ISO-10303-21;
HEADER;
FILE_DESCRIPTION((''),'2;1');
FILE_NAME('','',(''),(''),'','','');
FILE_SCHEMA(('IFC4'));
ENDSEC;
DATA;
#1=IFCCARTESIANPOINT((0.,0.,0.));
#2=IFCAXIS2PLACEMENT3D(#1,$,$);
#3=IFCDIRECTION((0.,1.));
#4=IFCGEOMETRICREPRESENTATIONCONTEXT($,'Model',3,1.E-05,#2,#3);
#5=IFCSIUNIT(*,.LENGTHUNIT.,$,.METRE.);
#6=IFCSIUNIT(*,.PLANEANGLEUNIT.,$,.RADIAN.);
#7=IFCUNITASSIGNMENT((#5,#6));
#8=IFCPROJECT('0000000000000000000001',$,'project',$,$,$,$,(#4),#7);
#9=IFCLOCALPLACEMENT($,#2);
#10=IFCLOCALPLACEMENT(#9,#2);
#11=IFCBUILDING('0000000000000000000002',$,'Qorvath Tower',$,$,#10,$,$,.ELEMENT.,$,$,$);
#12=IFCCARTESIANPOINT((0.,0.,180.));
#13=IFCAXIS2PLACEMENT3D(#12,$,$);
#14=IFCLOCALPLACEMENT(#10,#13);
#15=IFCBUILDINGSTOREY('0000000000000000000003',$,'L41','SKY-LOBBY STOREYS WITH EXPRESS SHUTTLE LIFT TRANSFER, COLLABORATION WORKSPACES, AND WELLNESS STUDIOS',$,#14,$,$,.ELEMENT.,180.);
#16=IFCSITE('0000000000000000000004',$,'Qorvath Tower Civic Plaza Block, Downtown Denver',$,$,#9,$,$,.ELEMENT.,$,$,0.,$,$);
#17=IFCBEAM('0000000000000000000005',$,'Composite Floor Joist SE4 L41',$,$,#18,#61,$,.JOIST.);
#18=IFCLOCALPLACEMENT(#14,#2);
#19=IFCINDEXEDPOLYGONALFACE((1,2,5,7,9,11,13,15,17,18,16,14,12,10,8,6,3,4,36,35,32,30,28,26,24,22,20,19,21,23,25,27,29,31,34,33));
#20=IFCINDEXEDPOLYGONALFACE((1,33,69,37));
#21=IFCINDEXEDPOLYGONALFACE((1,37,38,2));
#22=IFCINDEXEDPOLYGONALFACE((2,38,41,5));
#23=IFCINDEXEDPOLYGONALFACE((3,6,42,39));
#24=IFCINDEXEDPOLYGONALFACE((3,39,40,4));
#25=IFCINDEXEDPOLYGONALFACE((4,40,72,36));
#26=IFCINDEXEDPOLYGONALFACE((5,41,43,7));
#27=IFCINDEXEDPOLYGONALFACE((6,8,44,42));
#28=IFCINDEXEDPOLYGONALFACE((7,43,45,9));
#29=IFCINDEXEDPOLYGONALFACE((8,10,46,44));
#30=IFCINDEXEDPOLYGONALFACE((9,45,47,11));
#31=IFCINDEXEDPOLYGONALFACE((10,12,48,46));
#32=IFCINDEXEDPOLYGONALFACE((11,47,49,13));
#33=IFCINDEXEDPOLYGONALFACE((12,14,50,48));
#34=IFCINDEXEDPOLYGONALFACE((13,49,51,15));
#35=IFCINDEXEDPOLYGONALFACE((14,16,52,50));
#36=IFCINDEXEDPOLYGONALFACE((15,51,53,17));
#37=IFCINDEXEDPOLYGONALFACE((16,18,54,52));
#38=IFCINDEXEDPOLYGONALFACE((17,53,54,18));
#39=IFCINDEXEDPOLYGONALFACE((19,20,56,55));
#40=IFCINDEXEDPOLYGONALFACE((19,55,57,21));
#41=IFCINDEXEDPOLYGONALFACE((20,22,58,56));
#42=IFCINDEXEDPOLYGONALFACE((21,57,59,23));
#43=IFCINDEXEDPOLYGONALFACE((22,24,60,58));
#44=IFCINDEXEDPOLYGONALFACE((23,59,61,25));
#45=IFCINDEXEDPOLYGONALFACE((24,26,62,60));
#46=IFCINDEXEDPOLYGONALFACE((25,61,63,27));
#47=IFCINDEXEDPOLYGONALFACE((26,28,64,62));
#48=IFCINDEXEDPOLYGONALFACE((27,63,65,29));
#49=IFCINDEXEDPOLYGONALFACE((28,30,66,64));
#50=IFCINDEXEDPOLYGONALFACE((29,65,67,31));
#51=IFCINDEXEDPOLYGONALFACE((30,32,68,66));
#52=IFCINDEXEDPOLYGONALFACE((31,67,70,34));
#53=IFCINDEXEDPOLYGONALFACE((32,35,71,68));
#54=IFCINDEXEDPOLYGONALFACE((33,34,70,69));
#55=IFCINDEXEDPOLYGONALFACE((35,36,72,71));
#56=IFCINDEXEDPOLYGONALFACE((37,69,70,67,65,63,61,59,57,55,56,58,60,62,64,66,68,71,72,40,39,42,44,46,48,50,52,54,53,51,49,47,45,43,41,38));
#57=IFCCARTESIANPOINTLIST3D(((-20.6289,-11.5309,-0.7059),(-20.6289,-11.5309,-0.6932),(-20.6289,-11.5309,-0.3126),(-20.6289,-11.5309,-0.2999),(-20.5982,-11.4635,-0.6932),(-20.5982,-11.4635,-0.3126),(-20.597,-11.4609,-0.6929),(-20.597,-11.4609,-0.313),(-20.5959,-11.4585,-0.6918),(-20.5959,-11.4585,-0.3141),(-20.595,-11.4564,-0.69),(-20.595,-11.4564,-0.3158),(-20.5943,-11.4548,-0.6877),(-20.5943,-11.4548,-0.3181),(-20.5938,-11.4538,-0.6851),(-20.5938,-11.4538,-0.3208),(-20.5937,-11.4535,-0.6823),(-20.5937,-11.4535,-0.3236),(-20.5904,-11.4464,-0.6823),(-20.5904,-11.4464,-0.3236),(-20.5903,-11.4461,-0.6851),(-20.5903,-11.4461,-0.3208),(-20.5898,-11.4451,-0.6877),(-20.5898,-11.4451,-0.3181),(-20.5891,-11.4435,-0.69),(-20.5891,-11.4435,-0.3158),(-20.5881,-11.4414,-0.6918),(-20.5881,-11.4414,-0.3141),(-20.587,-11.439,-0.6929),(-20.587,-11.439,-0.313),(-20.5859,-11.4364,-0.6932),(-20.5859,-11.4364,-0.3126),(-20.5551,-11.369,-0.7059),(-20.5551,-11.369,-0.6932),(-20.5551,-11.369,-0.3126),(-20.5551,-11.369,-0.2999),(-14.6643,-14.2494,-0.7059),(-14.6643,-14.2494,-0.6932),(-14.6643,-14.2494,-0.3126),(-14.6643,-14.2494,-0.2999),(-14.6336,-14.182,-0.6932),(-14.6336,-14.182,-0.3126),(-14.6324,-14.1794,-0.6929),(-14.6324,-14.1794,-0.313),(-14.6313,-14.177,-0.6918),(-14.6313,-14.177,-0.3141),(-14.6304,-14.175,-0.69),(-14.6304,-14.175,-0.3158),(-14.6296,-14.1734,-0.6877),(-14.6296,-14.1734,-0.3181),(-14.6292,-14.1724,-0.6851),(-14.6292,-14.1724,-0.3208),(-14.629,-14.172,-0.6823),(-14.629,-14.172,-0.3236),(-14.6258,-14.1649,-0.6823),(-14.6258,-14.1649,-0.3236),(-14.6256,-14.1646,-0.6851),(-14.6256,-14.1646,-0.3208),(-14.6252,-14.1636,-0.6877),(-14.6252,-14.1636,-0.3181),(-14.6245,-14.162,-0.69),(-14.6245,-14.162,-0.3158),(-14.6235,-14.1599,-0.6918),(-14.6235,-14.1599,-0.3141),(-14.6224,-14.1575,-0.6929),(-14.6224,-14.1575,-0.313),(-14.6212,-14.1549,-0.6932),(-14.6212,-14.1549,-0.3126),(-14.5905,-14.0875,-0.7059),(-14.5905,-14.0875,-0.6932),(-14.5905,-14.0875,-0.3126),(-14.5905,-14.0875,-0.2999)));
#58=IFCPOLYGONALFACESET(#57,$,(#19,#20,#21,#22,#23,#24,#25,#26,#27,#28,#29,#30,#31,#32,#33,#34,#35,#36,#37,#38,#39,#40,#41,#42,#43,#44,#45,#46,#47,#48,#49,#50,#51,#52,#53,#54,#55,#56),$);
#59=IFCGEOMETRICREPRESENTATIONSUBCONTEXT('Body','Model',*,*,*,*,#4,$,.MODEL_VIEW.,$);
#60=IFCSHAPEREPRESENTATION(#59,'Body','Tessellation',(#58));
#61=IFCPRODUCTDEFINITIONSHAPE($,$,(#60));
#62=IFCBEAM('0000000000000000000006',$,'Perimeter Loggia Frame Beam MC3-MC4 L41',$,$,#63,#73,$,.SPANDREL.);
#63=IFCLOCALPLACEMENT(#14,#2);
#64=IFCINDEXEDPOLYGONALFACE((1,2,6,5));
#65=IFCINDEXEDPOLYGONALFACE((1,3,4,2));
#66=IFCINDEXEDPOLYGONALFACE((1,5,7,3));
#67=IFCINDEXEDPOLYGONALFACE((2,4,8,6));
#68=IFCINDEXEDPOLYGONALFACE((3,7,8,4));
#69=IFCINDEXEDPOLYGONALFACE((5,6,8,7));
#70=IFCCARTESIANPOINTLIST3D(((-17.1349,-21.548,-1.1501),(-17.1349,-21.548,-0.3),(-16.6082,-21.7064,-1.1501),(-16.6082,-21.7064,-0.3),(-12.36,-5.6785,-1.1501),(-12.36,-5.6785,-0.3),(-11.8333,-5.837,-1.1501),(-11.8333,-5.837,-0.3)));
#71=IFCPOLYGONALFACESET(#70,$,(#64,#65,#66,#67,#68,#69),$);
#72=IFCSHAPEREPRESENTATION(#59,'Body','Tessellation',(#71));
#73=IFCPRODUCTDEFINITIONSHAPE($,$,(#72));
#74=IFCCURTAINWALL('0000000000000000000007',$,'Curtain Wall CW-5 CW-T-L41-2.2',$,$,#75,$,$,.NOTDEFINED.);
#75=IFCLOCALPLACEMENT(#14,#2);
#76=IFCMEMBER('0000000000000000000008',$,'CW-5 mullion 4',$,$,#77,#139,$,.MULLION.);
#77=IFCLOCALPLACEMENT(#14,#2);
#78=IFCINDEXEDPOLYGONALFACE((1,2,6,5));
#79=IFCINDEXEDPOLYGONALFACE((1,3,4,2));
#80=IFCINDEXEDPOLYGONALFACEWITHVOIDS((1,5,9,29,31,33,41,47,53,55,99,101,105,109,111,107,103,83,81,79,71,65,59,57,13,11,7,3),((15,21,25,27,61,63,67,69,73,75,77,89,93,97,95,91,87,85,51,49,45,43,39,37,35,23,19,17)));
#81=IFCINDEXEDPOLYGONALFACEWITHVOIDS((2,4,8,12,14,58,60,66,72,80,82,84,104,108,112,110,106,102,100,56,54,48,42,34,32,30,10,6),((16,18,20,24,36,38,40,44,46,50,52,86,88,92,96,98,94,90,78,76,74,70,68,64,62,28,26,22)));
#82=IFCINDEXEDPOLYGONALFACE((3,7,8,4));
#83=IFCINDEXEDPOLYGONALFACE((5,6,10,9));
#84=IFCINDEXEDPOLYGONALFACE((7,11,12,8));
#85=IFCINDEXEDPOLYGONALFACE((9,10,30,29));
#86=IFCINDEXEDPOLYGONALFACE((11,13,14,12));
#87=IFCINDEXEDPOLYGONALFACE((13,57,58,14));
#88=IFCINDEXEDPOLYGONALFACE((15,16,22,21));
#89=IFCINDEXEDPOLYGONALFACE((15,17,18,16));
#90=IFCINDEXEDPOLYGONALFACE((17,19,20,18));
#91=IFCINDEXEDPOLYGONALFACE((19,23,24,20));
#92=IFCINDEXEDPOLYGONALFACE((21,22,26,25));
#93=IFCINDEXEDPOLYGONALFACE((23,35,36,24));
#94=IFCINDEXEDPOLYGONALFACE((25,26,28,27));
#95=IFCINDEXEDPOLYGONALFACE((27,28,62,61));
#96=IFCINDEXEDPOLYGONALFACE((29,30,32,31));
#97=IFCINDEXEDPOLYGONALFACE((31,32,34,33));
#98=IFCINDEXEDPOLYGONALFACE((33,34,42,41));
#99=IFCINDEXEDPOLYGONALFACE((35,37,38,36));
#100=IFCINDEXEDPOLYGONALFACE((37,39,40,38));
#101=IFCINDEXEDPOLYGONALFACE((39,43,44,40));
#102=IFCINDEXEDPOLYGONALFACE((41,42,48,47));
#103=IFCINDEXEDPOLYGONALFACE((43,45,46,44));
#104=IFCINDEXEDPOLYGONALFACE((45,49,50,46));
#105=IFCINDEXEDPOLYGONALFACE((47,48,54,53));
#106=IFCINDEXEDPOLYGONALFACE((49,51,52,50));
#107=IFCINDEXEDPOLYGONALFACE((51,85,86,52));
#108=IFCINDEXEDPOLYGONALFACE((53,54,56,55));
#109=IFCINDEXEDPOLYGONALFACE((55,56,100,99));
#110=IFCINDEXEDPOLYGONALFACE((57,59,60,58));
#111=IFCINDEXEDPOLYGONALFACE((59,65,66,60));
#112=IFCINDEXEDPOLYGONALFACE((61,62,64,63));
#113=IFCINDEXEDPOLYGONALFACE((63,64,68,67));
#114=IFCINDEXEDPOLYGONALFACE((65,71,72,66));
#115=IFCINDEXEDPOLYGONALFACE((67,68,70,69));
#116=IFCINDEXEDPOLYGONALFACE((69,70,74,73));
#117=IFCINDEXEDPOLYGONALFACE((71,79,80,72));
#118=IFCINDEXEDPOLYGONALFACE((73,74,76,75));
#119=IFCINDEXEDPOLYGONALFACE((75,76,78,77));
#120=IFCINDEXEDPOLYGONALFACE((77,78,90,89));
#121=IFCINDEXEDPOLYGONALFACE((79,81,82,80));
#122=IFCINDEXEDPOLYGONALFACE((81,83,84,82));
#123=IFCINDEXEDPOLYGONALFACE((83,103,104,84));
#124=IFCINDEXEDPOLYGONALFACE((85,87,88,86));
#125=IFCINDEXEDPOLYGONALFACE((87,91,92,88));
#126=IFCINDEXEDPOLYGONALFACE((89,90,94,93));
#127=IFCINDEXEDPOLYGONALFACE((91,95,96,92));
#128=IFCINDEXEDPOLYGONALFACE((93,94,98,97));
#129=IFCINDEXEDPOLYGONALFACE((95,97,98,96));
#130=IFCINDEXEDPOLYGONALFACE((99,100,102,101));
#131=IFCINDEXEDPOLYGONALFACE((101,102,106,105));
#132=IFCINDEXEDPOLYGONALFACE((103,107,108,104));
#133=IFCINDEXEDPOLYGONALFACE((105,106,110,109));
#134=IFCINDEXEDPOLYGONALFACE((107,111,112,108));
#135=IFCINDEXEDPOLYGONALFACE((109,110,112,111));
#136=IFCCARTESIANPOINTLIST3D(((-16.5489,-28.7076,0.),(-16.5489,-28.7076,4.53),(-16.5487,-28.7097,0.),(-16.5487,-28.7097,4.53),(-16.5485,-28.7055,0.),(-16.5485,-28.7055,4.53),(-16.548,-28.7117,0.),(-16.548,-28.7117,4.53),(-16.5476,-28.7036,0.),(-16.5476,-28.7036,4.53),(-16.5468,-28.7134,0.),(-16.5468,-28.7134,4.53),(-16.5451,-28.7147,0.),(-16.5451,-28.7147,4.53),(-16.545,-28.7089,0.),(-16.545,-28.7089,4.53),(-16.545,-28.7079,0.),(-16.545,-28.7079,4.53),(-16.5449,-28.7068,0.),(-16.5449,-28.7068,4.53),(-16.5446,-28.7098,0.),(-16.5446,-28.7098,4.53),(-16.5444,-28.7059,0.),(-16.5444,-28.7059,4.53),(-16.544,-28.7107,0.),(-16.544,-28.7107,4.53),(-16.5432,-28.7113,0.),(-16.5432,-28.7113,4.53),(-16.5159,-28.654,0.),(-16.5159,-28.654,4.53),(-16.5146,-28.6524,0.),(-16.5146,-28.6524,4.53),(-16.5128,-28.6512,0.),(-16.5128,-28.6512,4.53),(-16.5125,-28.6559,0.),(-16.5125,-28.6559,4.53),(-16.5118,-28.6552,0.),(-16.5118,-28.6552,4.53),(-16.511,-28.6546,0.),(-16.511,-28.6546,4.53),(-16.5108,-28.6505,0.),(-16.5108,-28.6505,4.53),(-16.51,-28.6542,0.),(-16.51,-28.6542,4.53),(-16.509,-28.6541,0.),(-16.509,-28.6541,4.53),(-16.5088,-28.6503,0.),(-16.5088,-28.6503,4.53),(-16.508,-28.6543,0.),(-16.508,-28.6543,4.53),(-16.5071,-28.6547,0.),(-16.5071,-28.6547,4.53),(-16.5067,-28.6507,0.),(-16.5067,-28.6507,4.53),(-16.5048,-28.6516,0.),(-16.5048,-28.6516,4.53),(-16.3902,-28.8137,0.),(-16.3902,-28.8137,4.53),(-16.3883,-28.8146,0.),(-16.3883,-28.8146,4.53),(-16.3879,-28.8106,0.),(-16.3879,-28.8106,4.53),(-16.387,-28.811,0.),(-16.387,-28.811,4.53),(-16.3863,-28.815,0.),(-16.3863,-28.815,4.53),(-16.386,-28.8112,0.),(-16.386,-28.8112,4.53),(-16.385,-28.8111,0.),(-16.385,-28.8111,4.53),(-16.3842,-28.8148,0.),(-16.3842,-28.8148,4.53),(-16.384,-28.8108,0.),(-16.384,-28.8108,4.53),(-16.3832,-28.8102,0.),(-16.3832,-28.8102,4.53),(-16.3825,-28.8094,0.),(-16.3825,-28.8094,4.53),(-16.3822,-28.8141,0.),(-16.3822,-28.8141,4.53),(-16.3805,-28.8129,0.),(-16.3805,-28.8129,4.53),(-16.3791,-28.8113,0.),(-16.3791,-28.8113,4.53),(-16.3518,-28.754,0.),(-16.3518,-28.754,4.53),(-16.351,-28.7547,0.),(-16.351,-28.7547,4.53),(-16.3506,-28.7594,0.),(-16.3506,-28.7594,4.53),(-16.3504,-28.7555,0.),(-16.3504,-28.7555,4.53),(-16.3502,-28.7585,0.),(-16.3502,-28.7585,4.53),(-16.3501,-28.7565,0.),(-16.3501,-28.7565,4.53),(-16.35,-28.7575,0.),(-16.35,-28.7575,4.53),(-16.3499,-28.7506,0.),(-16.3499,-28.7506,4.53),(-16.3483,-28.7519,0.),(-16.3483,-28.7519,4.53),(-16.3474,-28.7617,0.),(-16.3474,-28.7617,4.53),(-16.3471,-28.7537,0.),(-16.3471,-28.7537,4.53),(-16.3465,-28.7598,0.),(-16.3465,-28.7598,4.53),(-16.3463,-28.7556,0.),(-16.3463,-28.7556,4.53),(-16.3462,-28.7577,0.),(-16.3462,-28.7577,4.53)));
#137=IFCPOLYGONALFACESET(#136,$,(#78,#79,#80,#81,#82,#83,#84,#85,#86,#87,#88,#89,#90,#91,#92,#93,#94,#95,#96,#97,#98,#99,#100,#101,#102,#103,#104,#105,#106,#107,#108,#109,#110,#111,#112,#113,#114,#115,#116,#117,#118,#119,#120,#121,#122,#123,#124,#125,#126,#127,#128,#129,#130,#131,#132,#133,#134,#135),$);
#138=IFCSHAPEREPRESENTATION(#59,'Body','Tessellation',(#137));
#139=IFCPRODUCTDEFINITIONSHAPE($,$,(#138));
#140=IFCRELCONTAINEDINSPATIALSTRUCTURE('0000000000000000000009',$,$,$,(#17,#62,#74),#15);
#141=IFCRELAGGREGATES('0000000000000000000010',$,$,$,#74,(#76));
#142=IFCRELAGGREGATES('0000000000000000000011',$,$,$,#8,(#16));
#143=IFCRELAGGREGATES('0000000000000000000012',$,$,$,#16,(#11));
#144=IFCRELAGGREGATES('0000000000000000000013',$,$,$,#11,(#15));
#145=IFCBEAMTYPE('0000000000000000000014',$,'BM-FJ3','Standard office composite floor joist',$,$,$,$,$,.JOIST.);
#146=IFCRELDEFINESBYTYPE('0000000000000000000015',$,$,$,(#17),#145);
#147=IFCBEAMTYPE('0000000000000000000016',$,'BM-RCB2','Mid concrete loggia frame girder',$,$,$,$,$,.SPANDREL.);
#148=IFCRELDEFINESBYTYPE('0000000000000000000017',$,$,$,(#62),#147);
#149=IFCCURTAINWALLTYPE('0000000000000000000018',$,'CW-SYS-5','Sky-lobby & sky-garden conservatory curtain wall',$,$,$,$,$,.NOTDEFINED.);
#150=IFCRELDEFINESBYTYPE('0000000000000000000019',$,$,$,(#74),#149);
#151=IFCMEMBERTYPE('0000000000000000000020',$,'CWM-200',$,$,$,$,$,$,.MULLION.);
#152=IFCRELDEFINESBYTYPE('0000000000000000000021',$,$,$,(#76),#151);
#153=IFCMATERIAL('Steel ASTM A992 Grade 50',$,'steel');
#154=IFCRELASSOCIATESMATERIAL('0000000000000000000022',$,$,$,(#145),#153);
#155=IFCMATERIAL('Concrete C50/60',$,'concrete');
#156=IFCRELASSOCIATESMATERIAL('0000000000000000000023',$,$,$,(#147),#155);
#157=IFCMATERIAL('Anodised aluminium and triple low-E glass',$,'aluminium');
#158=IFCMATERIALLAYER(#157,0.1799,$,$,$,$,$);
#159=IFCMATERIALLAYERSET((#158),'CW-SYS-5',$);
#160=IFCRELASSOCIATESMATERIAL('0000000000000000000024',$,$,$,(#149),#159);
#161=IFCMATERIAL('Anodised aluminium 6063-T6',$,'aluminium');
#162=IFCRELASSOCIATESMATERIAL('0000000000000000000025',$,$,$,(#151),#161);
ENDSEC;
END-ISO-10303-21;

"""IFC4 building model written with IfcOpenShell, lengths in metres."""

from ifc_helpers import new_model, si_unit, direction, frame, origin, origin_2d, place, context, subcontext, project, spatial, rectangle, hollow_rectangle, i_section, extrude, material, layer, layer_set, material_profile, profile_set, type_object, element, aggregate, save


model = new_model("IFC4")

# Units and contexts
model_context = context("Model", 3, precision=1e-05, world=origin(), true_north=direction((0.0, 1.0)))
body_context = subcontext(model_context, "Body", "Model", "MODEL_VIEW")
ifc_project = project(units=[si_unit("LENGTHUNIT", "METRE"), si_unit("PLANEANGLEUNIT", "RADIAN")], contexts=[model_context])

# Site, building, storey
site_placement = place(None, origin())
site = spatial("IfcSite", under=ifc_project, at=site_placement, Name="Qorvath Tower Civic Plaza Block, Downtown Denver", CompositionType="ELEMENT", RefElevation=0.0)
building_placement = place(site_placement, origin())
building = spatial("IfcBuilding", under=site, at=building_placement, Name="Qorvath Tower", CompositionType="ELEMENT")
storey_placement = place(building_placement, frame((0.0, 0.0, 180.0)))
storey = spatial("IfcBuildingStorey", under=building, at=storey_placement, Name="L41", Description="SKY-LOBBY STOREYS WITH EXPRESS SHUTTLE LIFT TRANSFER, COLLABORATION WORKSPACES, AND WELLNESS STUDIOS", CompositionType="ELEMENT", Elevation=180.0)

# Beams
ifc_material_1 = material(Name="Steel ASTM A992 Grade 50", Category="steel")
ifc_material_profile_1 = material_profile(ifc_material_1, i_section(OverallWidth=0.178, OverallDepth=0.406, WebThickness=0.0078, FlangeThickness=0.0127, FilletRadius=0.011, at=origin_2d()), Name="W16x40")
ifc_profile_set_1 = profile_set([ifc_material_profile_1], Name="Steel ASTM A992 Grade 50")
beam_type_1 = type_object("IfcBeamType", Name="BM-FJ3", Description="Standard office composite floor joist", PredefinedType="JOIST", material=ifc_profile_set_1)
beam_1_placement = place(storey_placement, frame((-20.592, -11.45, -0.5029), z_axis=(0.909945, -0.414729, 0.0), x_axis=(0.414729, 0.909945, 0.0)))
element("IfcBeam", 1, at=beam_1_placement, inside=storey, type_object=beam_type_1, Name="Composite Floor Joist SE4 L41", PredefinedType="JOIST", context=body_context, shape_type="SweptSolid", body=[
    extrude(i_section(OverallWidth=0.178, OverallDepth=0.406, WebThickness=0.0078, FlangeThickness=0.0127, FilletRadius=0.011, at=origin_2d()), origin(), (0.0, 0.0, 1.0), 6.5549),
])
ifc_material_2 = material(Name="Concrete C50/60", Category="concrete")
ifc_material_profile_2 = material_profile(ifc_material_2, rectangle(XDim=0.55, YDim=0.8501, at=origin_2d()), Name="RCB 850x550")
ifc_profile_set_2 = profile_set([ifc_material_profile_2], Name="Concrete C50/60")
beam_type_2 = type_object("IfcBeamType", Name="BM-RCB2", Description="Mid concrete loggia frame girder", PredefinedType="SPANDREL", material=ifc_profile_set_2)
beam_2_placement = place(storey_placement, frame((-16.8716, -21.6272, -0.7251), z_axis=(0.288128, 0.957592, 0.0), x_axis=(-0.957592, 0.288128, 0.0)))
element("IfcBeam", 2, at=beam_2_placement, inside=storey, type_object=beam_type_2, Name="Perimeter Loggia Frame Beam MC3-MC4 L41", PredefinedType="SPANDREL", context=body_context, shape_type="SweptSolid", body=[
    extrude(rectangle(XDim=0.55, YDim=0.8501, at=origin_2d()), origin(), (0.0, 0.0, 1.0), 16.5723),
])

# Curtain wall, member
ifc_material_3 = material(Name="Anodised aluminium and triple low-E glass", Category="aluminium")
ifc_layer_1 = layer(ifc_material_3, 0.1799)
ifc_layer_set_1 = layer_set([ifc_layer_1], Name="CW-SYS-5")
curtain_wall_type = type_object("IfcCurtainWallType", Name="CW-SYS-5", Description="Sky-lobby & sky-garden conservatory curtain wall", PredefinedType="NOTDEFINED", material=ifc_layer_set_1)
curtain_wall_1_placement = place(storey_placement, origin())
curtain_wall_1 = element("IfcCurtainWall", 3, at=curtain_wall_1_placement, inside=storey, type_object=curtain_wall_type, Name="Curtain Wall CW-5 CW-T-L41-2.2", PredefinedType="NOTDEFINED")
ifc_material_4 = material(Name="Anodised aluminium 6063-T6", Category="aluminium")
ifc_material_profile_3 = material_profile(ifc_material_4, hollow_rectangle(XDim=0.075, YDim=0.2, WallThickness=0.0039, InnerFilletRadius=0.0039, OuterFilletRadius=0.0081, at=origin_2d()), Name="CWM 200x75")
ifc_profile_set_3 = profile_set([ifc_material_profile_3], Name="Anodised aluminium 6063-T6")
member_type_1 = type_object("IfcMemberType", Name="CWM-200", PredefinedType="MULLION", material=ifc_profile_set_3)
member_1_placement = place(storey_placement, frame((-16.4475, -28.7327, 0.0), z_axis=(0.0, 0.0, 1.0), x_axis=(0.538544, 0.842597, 0.0)))
member_1 = element("IfcMember", 4, at=member_1_placement, type_object=member_type_1, Name="CW-5 mullion 4", PredefinedType="MULLION", context=body_context, shape_type="SweptSolid", body=[
    extrude(hollow_rectangle(XDim=0.075, YDim=0.2, WallThickness=0.0039, InnerFilletRadius=0.0039, OuterFilletRadius=0.0081, at=origin_2d()), origin(), (0.0, 0.0, 1.0), 4.53),
])

aggregate(curtain_wall_1, [member_1])

save(model, "model.ifc")
